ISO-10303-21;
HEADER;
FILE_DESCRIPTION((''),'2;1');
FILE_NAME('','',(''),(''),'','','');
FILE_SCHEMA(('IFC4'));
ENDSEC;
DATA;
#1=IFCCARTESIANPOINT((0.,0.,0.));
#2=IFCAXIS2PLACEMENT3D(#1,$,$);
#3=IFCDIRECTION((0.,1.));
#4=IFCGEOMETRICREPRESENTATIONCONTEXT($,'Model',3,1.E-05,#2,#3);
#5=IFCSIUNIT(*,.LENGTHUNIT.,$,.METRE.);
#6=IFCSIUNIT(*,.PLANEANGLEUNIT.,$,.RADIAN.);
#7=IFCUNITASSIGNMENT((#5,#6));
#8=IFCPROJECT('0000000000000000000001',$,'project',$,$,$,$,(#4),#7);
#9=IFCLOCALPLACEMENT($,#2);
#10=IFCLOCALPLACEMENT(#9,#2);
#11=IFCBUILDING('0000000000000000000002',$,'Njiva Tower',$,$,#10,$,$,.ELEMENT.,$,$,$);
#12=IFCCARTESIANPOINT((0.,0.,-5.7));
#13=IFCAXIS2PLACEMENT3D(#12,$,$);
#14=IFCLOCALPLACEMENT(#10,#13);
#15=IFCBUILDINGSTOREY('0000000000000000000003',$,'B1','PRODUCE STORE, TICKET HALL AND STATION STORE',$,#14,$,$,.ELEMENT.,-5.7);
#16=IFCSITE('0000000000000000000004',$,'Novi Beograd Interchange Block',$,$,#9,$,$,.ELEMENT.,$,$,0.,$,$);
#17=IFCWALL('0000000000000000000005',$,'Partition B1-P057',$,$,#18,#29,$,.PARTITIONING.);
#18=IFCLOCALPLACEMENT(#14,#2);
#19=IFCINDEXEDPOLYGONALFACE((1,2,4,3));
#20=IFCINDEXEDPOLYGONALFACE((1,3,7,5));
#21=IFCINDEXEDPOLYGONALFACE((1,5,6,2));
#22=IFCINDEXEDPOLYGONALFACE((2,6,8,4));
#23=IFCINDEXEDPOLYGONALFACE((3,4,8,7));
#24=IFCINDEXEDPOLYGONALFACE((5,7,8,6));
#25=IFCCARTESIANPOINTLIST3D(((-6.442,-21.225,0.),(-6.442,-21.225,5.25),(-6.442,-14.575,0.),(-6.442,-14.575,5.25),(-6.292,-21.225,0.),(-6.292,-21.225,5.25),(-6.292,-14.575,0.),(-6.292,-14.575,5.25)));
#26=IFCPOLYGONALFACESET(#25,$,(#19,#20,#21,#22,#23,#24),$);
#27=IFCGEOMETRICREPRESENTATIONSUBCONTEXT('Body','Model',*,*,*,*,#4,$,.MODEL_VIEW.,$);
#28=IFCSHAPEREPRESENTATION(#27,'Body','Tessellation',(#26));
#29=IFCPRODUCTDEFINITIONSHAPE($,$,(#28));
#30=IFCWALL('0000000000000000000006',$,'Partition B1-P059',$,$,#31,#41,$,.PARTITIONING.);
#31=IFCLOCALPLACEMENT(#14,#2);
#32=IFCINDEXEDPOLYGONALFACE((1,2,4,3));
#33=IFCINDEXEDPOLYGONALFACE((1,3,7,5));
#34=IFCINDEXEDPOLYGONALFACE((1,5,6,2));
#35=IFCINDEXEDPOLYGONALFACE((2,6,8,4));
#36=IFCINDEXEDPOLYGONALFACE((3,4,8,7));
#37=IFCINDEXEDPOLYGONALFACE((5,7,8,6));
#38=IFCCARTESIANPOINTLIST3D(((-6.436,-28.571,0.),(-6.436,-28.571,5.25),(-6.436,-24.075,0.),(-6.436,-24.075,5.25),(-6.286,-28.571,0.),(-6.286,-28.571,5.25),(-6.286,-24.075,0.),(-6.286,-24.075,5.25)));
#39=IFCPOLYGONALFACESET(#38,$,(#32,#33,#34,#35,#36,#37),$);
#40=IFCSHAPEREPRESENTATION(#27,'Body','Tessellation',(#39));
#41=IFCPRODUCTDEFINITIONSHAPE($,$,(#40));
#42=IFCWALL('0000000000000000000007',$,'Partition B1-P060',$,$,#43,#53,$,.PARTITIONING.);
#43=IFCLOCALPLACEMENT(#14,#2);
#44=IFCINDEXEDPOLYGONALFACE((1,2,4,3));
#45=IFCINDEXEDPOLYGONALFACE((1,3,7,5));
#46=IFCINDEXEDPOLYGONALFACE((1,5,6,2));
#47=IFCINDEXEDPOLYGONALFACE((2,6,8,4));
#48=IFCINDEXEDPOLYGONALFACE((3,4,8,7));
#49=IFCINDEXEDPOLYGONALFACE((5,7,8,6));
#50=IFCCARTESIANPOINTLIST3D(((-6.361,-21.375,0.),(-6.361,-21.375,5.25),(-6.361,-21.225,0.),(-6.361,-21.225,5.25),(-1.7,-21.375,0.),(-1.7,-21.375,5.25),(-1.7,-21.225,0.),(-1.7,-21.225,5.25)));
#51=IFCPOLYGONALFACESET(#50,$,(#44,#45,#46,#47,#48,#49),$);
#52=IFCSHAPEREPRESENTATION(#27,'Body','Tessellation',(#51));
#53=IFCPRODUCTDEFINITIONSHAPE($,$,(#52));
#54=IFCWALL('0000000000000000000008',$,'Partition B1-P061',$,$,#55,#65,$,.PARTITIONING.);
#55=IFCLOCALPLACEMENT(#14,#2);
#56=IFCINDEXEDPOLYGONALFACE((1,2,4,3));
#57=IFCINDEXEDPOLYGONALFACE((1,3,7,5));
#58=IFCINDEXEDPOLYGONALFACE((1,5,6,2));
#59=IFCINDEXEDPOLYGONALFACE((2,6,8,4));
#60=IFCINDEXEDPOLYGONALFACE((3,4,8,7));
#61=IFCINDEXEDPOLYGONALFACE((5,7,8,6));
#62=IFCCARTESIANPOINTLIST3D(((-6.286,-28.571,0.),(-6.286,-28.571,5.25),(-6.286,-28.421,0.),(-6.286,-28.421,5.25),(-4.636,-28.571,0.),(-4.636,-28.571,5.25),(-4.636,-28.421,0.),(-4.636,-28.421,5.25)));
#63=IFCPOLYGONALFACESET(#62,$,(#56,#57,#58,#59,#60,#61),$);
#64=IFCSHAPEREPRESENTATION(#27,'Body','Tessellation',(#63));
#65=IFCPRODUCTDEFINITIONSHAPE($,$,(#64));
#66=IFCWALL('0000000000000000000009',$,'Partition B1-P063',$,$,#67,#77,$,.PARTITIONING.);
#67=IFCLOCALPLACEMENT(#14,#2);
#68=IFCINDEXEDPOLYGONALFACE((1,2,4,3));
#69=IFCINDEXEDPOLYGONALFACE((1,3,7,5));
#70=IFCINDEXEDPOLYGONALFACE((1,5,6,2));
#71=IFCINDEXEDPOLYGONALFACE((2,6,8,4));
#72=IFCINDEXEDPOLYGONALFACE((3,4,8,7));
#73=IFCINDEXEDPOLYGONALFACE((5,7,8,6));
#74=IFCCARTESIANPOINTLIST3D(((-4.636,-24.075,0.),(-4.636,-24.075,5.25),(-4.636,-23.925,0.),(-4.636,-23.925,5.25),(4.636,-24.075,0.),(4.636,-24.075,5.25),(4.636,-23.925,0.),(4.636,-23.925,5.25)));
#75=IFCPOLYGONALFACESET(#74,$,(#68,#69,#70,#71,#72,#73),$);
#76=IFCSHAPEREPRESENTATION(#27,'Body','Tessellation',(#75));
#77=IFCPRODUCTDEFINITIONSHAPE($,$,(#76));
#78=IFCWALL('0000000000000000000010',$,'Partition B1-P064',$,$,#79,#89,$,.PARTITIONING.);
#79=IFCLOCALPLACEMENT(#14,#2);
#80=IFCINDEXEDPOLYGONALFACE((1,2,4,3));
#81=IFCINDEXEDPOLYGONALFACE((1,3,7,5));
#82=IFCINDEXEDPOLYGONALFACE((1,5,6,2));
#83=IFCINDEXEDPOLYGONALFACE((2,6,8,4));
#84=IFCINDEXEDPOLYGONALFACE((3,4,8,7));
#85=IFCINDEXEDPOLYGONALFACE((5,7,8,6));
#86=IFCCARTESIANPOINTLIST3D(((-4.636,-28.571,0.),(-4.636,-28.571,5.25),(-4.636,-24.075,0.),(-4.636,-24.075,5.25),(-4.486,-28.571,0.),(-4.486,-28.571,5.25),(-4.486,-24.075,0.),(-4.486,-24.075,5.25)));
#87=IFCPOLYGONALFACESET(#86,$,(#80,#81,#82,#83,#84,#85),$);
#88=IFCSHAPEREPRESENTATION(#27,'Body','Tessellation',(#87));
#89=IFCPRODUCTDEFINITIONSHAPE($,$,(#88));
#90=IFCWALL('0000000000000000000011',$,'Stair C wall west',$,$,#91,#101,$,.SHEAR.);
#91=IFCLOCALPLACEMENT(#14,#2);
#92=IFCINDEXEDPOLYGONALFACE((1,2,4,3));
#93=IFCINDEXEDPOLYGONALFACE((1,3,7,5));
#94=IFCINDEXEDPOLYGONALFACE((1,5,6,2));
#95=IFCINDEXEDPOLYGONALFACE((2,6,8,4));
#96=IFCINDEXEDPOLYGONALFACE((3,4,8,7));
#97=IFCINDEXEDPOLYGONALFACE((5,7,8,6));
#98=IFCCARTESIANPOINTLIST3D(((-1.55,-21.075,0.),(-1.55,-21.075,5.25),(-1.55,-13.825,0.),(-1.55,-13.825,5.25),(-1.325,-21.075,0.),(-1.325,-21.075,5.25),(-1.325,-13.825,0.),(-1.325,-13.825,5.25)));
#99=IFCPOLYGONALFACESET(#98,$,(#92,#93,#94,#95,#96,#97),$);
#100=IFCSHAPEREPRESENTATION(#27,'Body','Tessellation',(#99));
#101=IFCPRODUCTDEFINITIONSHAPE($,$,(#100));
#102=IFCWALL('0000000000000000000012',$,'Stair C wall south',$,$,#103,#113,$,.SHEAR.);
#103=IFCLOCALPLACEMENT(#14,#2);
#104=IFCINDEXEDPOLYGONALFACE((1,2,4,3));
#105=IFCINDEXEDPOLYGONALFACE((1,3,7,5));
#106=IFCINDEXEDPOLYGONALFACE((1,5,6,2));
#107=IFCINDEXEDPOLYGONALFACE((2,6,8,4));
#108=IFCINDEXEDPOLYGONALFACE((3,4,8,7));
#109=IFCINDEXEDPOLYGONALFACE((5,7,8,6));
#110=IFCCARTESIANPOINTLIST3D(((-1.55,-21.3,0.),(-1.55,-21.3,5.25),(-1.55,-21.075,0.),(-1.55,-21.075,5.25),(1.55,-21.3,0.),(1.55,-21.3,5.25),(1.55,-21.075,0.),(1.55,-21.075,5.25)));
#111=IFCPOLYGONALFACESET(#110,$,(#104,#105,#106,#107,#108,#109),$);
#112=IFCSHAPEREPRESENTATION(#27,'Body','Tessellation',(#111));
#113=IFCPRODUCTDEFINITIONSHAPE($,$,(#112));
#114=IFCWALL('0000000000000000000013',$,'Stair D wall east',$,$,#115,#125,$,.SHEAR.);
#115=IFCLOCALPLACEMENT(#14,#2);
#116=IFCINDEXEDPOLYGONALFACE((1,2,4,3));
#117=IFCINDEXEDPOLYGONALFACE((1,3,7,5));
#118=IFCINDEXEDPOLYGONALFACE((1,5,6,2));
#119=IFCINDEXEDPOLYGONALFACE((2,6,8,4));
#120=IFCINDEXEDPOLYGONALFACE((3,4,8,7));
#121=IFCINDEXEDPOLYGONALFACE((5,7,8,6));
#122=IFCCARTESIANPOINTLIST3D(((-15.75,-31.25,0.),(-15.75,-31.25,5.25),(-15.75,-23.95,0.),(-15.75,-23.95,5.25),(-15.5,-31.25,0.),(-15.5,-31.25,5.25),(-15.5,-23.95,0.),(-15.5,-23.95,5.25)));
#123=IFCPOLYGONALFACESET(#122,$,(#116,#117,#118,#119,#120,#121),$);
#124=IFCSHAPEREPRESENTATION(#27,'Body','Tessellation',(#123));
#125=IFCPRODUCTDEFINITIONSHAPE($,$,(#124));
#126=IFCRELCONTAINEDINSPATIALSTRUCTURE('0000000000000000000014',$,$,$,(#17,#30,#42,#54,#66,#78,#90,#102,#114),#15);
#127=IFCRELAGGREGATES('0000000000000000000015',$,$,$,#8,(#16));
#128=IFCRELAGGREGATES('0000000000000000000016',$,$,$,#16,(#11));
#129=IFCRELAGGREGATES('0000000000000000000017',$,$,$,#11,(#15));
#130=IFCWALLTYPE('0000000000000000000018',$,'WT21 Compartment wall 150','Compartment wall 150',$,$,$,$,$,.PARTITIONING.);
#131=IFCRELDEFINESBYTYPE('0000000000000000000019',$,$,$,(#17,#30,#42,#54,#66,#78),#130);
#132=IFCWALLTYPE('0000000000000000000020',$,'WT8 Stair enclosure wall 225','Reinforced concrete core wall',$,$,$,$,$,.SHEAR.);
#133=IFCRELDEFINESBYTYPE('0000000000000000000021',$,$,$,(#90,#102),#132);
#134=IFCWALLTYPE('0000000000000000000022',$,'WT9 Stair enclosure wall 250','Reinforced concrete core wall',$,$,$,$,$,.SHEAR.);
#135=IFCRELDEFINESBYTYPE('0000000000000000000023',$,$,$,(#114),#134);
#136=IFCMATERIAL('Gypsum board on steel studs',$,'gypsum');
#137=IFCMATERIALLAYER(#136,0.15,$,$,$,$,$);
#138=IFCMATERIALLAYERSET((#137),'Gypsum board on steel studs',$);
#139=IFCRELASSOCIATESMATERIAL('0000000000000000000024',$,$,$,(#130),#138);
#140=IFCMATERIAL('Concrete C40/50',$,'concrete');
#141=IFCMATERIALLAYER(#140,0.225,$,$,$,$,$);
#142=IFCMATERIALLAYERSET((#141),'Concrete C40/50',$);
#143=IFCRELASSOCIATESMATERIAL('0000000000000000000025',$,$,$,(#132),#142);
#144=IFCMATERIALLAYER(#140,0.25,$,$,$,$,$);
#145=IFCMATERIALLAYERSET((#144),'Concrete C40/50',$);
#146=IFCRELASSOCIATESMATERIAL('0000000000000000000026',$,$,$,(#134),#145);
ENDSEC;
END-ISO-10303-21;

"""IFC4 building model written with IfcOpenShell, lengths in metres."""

from ifc_helpers import new_model, si_unit, direction, frame, frame_2d, origin, place, context, subcontext, project, spatial, rectangle, extrude, material, layer, layer_set, type_object, element, save


model = new_model("IFC4")

# Units and contexts
model_context = context("Model", 3, precision=1e-05, world=origin(), true_north=direction((0.0, 1.0)))
body_context = subcontext(model_context, "Body", "Model", "MODEL_VIEW")
ifc_project = project(units=[si_unit("LENGTHUNIT", "METRE"), si_unit("PLANEANGLEUNIT", "RADIAN")], contexts=[model_context])

# Site, building, storey
site_placement = place(None, origin())
site = spatial("IfcSite", under=ifc_project, at=site_placement, Name="Novi Beograd Interchange Block", CompositionType="ELEMENT", RefElevation=0.0)
building_placement = place(site_placement, origin())
building = spatial("IfcBuilding", under=site, at=building_placement, Name="Njiva Tower", CompositionType="ELEMENT")
storey_placement = place(building_placement, frame((0.0, 0.0, -5.7)))
storey = spatial("IfcBuildingStorey", under=building, at=storey_placement, Name="B1", Description="PRODUCE STORE, TICKET HALL AND STATION STORE", CompositionType="ELEMENT", Elevation=-5.7)

# Shared definitions
ifc_material_1 = material(Name="Gypsum board on steel studs", Category="gypsum")
ifc_layer_1 = layer(ifc_material_1, 0.15)
ifc_layer_set_1 = layer_set([ifc_layer_1], Name="Gypsum board on steel studs")
wall_type_1 = type_object("IfcWallType", Name="WT21 Compartment wall 150", Description="Compartment wall 150", PredefinedType="PARTITIONING", material=ifc_layer_set_1)

# Walls
wall_1_placement = place(storey_placement, frame((-6.367, -21.225, 0.0), z_axis=(0.0, 0.0, 1.0), x_axis=(0.0, 1.0, 0.0)))
element("IfcWall", 1, at=wall_1_placement, inside=storey, type_object=wall_type_1, Name="Partition B1-P057", PredefinedType="PARTITIONING", context=body_context, shape_type="SweptSolid", body=[
    extrude(rectangle(XDim=6.65, YDim=0.15, at=frame_2d((3.325, 0.0))), origin(), (0.0, 0.0, 1.0), 5.25),
])
wall_2_placement = place(storey_placement, frame((-6.361, -28.571, 0.0), z_axis=(0.0, 0.0, 1.0), x_axis=(0.0, 1.0, 0.0)))
element("IfcWall", 2, at=wall_2_placement, inside=storey, type_object=wall_type_1, Name="Partition B1-P059", PredefinedType="PARTITIONING", context=body_context, shape_type="SweptSolid", body=[
    extrude(rectangle(XDim=4.496, YDim=0.15, at=frame_2d((2.248, 0.0))), origin(), (0.0, 0.0, 1.0), 5.25),
])
wall_3_placement = place(storey_placement, frame((-6.361, -21.3, 0.0), z_axis=(0.0, 0.0, 1.0), x_axis=(1.0, 0.0, 0.0)))
element("IfcWall", 3, at=wall_3_placement, inside=storey, type_object=wall_type_1, Name="Partition B1-P060", PredefinedType="PARTITIONING", context=body_context, shape_type="SweptSolid", body=[
    extrude(rectangle(XDim=4.661, YDim=0.15, at=frame_2d((2.3305, 0.0))), origin(), (0.0, 0.0, 1.0), 5.25),
])
wall_4_placement = place(storey_placement, frame((-6.286, -28.496, 0.0), z_axis=(0.0, 0.0, 1.0), x_axis=(1.0, 0.0, 0.0)))
element("IfcWall", 4, at=wall_4_placement, inside=storey, type_object=wall_type_1, Name="Partition B1-P061", PredefinedType="PARTITIONING", context=body_context, shape_type="SweptSolid", body=[
    extrude(rectangle(XDim=1.65, YDim=0.15, at=frame_2d((0.825, 0.0))), origin(), (0.0, 0.0, 1.0), 5.25),
])
wall_5_placement = place(storey_placement, frame((-4.636, -24.0, 0.0), z_axis=(0.0, 0.0, 1.0), x_axis=(1.0, 0.0, 0.0)))
element("IfcWall", 5, at=wall_5_placement, inside=storey, type_object=wall_type_1, Name="Partition B1-P063", PredefinedType="PARTITIONING", context=body_context, shape_type="SweptSolid", body=[
    extrude(rectangle(XDim=9.272, YDim=0.15, at=frame_2d((4.636, 0.0))), origin(), (0.0, 0.0, 1.0), 5.25),
])
wall_6_placement = place(storey_placement, frame((-4.561, -28.571, 0.0), z_axis=(0.0, 0.0, 1.0), x_axis=(0.0, 1.0, 0.0)))
element("IfcWall", 6, at=wall_6_placement, inside=storey, type_object=wall_type_1, Name="Partition B1-P064", PredefinedType="PARTITIONING", context=body_context, shape_type="SweptSolid", body=[
    extrude(rectangle(XDim=4.496, YDim=0.15, at=frame_2d((2.248, 0.0))), origin(), (0.0, 0.0, 1.0), 5.25),
])
ifc_material_2 = material(Name="Concrete C40/50", Category="concrete")
ifc_layer_2 = layer(ifc_material_2, 0.225)
ifc_layer_set_2 = layer_set([ifc_layer_2], Name="Concrete C40/50")
wall_type_2 = type_object("IfcWallType", Name="WT8 Stair enclosure wall 225", Description="Reinforced concrete core wall", PredefinedType="SHEAR", material=ifc_layer_set_2)
wall_7_placement = place(storey_placement, frame((-1.4375, -21.075, 0.0), z_axis=(0.0, 0.0, 1.0), x_axis=(0.0, 1.0, 0.0)))
element("IfcWall", 7, at=wall_7_placement, inside=storey, type_object=wall_type_2, Name="Stair C wall west", PredefinedType="SHEAR", context=body_context, shape_type="SweptSolid", body=[
    extrude(rectangle(XDim=7.25, YDim=0.225, at=frame_2d((3.625, 0.0))), origin(), (0.0, 0.0, 1.0), 5.25),
])
wall_8_placement = place(storey_placement, frame((-1.55, -21.1875, 0.0), z_axis=(0.0, 0.0, 1.0), x_axis=(1.0, 0.0, 0.0)))
element("IfcWall", 8, at=wall_8_placement, inside=storey, type_object=wall_type_2, Name="Stair C wall south", PredefinedType="SHEAR", context=body_context, shape_type="SweptSolid", body=[
    extrude(rectangle(XDim=3.1, YDim=0.225, at=frame_2d((1.55, 0.0))), origin(), (0.0, 0.0, 1.0), 5.25),
])
ifc_layer_3 = layer(ifc_material_2, 0.25)
ifc_layer_set_3 = layer_set([ifc_layer_3], Name="Concrete C40/50")
wall_type_3 = type_object("IfcWallType", Name="WT9 Stair enclosure wall 250", Description="Reinforced concrete core wall", PredefinedType="SHEAR", material=ifc_layer_set_3)
wall_9_placement = place(storey_placement, frame((-15.625, -31.25, 0.0), z_axis=(0.0, 0.0, 1.0), x_axis=(0.0, 1.0, 0.0)))
element("IfcWall", 9, at=wall_9_placement, inside=storey, type_object=wall_type_3, Name="Stair D wall east", PredefinedType="SHEAR", context=body_context, shape_type="SweptSolid", body=[
    extrude(rectangle(XDim=7.3, YDim=0.25, at=frame_2d((3.65, 0.0))), origin(), (0.0, 0.0, 1.0), 5.25),
])

save(model, "model.ifc")
